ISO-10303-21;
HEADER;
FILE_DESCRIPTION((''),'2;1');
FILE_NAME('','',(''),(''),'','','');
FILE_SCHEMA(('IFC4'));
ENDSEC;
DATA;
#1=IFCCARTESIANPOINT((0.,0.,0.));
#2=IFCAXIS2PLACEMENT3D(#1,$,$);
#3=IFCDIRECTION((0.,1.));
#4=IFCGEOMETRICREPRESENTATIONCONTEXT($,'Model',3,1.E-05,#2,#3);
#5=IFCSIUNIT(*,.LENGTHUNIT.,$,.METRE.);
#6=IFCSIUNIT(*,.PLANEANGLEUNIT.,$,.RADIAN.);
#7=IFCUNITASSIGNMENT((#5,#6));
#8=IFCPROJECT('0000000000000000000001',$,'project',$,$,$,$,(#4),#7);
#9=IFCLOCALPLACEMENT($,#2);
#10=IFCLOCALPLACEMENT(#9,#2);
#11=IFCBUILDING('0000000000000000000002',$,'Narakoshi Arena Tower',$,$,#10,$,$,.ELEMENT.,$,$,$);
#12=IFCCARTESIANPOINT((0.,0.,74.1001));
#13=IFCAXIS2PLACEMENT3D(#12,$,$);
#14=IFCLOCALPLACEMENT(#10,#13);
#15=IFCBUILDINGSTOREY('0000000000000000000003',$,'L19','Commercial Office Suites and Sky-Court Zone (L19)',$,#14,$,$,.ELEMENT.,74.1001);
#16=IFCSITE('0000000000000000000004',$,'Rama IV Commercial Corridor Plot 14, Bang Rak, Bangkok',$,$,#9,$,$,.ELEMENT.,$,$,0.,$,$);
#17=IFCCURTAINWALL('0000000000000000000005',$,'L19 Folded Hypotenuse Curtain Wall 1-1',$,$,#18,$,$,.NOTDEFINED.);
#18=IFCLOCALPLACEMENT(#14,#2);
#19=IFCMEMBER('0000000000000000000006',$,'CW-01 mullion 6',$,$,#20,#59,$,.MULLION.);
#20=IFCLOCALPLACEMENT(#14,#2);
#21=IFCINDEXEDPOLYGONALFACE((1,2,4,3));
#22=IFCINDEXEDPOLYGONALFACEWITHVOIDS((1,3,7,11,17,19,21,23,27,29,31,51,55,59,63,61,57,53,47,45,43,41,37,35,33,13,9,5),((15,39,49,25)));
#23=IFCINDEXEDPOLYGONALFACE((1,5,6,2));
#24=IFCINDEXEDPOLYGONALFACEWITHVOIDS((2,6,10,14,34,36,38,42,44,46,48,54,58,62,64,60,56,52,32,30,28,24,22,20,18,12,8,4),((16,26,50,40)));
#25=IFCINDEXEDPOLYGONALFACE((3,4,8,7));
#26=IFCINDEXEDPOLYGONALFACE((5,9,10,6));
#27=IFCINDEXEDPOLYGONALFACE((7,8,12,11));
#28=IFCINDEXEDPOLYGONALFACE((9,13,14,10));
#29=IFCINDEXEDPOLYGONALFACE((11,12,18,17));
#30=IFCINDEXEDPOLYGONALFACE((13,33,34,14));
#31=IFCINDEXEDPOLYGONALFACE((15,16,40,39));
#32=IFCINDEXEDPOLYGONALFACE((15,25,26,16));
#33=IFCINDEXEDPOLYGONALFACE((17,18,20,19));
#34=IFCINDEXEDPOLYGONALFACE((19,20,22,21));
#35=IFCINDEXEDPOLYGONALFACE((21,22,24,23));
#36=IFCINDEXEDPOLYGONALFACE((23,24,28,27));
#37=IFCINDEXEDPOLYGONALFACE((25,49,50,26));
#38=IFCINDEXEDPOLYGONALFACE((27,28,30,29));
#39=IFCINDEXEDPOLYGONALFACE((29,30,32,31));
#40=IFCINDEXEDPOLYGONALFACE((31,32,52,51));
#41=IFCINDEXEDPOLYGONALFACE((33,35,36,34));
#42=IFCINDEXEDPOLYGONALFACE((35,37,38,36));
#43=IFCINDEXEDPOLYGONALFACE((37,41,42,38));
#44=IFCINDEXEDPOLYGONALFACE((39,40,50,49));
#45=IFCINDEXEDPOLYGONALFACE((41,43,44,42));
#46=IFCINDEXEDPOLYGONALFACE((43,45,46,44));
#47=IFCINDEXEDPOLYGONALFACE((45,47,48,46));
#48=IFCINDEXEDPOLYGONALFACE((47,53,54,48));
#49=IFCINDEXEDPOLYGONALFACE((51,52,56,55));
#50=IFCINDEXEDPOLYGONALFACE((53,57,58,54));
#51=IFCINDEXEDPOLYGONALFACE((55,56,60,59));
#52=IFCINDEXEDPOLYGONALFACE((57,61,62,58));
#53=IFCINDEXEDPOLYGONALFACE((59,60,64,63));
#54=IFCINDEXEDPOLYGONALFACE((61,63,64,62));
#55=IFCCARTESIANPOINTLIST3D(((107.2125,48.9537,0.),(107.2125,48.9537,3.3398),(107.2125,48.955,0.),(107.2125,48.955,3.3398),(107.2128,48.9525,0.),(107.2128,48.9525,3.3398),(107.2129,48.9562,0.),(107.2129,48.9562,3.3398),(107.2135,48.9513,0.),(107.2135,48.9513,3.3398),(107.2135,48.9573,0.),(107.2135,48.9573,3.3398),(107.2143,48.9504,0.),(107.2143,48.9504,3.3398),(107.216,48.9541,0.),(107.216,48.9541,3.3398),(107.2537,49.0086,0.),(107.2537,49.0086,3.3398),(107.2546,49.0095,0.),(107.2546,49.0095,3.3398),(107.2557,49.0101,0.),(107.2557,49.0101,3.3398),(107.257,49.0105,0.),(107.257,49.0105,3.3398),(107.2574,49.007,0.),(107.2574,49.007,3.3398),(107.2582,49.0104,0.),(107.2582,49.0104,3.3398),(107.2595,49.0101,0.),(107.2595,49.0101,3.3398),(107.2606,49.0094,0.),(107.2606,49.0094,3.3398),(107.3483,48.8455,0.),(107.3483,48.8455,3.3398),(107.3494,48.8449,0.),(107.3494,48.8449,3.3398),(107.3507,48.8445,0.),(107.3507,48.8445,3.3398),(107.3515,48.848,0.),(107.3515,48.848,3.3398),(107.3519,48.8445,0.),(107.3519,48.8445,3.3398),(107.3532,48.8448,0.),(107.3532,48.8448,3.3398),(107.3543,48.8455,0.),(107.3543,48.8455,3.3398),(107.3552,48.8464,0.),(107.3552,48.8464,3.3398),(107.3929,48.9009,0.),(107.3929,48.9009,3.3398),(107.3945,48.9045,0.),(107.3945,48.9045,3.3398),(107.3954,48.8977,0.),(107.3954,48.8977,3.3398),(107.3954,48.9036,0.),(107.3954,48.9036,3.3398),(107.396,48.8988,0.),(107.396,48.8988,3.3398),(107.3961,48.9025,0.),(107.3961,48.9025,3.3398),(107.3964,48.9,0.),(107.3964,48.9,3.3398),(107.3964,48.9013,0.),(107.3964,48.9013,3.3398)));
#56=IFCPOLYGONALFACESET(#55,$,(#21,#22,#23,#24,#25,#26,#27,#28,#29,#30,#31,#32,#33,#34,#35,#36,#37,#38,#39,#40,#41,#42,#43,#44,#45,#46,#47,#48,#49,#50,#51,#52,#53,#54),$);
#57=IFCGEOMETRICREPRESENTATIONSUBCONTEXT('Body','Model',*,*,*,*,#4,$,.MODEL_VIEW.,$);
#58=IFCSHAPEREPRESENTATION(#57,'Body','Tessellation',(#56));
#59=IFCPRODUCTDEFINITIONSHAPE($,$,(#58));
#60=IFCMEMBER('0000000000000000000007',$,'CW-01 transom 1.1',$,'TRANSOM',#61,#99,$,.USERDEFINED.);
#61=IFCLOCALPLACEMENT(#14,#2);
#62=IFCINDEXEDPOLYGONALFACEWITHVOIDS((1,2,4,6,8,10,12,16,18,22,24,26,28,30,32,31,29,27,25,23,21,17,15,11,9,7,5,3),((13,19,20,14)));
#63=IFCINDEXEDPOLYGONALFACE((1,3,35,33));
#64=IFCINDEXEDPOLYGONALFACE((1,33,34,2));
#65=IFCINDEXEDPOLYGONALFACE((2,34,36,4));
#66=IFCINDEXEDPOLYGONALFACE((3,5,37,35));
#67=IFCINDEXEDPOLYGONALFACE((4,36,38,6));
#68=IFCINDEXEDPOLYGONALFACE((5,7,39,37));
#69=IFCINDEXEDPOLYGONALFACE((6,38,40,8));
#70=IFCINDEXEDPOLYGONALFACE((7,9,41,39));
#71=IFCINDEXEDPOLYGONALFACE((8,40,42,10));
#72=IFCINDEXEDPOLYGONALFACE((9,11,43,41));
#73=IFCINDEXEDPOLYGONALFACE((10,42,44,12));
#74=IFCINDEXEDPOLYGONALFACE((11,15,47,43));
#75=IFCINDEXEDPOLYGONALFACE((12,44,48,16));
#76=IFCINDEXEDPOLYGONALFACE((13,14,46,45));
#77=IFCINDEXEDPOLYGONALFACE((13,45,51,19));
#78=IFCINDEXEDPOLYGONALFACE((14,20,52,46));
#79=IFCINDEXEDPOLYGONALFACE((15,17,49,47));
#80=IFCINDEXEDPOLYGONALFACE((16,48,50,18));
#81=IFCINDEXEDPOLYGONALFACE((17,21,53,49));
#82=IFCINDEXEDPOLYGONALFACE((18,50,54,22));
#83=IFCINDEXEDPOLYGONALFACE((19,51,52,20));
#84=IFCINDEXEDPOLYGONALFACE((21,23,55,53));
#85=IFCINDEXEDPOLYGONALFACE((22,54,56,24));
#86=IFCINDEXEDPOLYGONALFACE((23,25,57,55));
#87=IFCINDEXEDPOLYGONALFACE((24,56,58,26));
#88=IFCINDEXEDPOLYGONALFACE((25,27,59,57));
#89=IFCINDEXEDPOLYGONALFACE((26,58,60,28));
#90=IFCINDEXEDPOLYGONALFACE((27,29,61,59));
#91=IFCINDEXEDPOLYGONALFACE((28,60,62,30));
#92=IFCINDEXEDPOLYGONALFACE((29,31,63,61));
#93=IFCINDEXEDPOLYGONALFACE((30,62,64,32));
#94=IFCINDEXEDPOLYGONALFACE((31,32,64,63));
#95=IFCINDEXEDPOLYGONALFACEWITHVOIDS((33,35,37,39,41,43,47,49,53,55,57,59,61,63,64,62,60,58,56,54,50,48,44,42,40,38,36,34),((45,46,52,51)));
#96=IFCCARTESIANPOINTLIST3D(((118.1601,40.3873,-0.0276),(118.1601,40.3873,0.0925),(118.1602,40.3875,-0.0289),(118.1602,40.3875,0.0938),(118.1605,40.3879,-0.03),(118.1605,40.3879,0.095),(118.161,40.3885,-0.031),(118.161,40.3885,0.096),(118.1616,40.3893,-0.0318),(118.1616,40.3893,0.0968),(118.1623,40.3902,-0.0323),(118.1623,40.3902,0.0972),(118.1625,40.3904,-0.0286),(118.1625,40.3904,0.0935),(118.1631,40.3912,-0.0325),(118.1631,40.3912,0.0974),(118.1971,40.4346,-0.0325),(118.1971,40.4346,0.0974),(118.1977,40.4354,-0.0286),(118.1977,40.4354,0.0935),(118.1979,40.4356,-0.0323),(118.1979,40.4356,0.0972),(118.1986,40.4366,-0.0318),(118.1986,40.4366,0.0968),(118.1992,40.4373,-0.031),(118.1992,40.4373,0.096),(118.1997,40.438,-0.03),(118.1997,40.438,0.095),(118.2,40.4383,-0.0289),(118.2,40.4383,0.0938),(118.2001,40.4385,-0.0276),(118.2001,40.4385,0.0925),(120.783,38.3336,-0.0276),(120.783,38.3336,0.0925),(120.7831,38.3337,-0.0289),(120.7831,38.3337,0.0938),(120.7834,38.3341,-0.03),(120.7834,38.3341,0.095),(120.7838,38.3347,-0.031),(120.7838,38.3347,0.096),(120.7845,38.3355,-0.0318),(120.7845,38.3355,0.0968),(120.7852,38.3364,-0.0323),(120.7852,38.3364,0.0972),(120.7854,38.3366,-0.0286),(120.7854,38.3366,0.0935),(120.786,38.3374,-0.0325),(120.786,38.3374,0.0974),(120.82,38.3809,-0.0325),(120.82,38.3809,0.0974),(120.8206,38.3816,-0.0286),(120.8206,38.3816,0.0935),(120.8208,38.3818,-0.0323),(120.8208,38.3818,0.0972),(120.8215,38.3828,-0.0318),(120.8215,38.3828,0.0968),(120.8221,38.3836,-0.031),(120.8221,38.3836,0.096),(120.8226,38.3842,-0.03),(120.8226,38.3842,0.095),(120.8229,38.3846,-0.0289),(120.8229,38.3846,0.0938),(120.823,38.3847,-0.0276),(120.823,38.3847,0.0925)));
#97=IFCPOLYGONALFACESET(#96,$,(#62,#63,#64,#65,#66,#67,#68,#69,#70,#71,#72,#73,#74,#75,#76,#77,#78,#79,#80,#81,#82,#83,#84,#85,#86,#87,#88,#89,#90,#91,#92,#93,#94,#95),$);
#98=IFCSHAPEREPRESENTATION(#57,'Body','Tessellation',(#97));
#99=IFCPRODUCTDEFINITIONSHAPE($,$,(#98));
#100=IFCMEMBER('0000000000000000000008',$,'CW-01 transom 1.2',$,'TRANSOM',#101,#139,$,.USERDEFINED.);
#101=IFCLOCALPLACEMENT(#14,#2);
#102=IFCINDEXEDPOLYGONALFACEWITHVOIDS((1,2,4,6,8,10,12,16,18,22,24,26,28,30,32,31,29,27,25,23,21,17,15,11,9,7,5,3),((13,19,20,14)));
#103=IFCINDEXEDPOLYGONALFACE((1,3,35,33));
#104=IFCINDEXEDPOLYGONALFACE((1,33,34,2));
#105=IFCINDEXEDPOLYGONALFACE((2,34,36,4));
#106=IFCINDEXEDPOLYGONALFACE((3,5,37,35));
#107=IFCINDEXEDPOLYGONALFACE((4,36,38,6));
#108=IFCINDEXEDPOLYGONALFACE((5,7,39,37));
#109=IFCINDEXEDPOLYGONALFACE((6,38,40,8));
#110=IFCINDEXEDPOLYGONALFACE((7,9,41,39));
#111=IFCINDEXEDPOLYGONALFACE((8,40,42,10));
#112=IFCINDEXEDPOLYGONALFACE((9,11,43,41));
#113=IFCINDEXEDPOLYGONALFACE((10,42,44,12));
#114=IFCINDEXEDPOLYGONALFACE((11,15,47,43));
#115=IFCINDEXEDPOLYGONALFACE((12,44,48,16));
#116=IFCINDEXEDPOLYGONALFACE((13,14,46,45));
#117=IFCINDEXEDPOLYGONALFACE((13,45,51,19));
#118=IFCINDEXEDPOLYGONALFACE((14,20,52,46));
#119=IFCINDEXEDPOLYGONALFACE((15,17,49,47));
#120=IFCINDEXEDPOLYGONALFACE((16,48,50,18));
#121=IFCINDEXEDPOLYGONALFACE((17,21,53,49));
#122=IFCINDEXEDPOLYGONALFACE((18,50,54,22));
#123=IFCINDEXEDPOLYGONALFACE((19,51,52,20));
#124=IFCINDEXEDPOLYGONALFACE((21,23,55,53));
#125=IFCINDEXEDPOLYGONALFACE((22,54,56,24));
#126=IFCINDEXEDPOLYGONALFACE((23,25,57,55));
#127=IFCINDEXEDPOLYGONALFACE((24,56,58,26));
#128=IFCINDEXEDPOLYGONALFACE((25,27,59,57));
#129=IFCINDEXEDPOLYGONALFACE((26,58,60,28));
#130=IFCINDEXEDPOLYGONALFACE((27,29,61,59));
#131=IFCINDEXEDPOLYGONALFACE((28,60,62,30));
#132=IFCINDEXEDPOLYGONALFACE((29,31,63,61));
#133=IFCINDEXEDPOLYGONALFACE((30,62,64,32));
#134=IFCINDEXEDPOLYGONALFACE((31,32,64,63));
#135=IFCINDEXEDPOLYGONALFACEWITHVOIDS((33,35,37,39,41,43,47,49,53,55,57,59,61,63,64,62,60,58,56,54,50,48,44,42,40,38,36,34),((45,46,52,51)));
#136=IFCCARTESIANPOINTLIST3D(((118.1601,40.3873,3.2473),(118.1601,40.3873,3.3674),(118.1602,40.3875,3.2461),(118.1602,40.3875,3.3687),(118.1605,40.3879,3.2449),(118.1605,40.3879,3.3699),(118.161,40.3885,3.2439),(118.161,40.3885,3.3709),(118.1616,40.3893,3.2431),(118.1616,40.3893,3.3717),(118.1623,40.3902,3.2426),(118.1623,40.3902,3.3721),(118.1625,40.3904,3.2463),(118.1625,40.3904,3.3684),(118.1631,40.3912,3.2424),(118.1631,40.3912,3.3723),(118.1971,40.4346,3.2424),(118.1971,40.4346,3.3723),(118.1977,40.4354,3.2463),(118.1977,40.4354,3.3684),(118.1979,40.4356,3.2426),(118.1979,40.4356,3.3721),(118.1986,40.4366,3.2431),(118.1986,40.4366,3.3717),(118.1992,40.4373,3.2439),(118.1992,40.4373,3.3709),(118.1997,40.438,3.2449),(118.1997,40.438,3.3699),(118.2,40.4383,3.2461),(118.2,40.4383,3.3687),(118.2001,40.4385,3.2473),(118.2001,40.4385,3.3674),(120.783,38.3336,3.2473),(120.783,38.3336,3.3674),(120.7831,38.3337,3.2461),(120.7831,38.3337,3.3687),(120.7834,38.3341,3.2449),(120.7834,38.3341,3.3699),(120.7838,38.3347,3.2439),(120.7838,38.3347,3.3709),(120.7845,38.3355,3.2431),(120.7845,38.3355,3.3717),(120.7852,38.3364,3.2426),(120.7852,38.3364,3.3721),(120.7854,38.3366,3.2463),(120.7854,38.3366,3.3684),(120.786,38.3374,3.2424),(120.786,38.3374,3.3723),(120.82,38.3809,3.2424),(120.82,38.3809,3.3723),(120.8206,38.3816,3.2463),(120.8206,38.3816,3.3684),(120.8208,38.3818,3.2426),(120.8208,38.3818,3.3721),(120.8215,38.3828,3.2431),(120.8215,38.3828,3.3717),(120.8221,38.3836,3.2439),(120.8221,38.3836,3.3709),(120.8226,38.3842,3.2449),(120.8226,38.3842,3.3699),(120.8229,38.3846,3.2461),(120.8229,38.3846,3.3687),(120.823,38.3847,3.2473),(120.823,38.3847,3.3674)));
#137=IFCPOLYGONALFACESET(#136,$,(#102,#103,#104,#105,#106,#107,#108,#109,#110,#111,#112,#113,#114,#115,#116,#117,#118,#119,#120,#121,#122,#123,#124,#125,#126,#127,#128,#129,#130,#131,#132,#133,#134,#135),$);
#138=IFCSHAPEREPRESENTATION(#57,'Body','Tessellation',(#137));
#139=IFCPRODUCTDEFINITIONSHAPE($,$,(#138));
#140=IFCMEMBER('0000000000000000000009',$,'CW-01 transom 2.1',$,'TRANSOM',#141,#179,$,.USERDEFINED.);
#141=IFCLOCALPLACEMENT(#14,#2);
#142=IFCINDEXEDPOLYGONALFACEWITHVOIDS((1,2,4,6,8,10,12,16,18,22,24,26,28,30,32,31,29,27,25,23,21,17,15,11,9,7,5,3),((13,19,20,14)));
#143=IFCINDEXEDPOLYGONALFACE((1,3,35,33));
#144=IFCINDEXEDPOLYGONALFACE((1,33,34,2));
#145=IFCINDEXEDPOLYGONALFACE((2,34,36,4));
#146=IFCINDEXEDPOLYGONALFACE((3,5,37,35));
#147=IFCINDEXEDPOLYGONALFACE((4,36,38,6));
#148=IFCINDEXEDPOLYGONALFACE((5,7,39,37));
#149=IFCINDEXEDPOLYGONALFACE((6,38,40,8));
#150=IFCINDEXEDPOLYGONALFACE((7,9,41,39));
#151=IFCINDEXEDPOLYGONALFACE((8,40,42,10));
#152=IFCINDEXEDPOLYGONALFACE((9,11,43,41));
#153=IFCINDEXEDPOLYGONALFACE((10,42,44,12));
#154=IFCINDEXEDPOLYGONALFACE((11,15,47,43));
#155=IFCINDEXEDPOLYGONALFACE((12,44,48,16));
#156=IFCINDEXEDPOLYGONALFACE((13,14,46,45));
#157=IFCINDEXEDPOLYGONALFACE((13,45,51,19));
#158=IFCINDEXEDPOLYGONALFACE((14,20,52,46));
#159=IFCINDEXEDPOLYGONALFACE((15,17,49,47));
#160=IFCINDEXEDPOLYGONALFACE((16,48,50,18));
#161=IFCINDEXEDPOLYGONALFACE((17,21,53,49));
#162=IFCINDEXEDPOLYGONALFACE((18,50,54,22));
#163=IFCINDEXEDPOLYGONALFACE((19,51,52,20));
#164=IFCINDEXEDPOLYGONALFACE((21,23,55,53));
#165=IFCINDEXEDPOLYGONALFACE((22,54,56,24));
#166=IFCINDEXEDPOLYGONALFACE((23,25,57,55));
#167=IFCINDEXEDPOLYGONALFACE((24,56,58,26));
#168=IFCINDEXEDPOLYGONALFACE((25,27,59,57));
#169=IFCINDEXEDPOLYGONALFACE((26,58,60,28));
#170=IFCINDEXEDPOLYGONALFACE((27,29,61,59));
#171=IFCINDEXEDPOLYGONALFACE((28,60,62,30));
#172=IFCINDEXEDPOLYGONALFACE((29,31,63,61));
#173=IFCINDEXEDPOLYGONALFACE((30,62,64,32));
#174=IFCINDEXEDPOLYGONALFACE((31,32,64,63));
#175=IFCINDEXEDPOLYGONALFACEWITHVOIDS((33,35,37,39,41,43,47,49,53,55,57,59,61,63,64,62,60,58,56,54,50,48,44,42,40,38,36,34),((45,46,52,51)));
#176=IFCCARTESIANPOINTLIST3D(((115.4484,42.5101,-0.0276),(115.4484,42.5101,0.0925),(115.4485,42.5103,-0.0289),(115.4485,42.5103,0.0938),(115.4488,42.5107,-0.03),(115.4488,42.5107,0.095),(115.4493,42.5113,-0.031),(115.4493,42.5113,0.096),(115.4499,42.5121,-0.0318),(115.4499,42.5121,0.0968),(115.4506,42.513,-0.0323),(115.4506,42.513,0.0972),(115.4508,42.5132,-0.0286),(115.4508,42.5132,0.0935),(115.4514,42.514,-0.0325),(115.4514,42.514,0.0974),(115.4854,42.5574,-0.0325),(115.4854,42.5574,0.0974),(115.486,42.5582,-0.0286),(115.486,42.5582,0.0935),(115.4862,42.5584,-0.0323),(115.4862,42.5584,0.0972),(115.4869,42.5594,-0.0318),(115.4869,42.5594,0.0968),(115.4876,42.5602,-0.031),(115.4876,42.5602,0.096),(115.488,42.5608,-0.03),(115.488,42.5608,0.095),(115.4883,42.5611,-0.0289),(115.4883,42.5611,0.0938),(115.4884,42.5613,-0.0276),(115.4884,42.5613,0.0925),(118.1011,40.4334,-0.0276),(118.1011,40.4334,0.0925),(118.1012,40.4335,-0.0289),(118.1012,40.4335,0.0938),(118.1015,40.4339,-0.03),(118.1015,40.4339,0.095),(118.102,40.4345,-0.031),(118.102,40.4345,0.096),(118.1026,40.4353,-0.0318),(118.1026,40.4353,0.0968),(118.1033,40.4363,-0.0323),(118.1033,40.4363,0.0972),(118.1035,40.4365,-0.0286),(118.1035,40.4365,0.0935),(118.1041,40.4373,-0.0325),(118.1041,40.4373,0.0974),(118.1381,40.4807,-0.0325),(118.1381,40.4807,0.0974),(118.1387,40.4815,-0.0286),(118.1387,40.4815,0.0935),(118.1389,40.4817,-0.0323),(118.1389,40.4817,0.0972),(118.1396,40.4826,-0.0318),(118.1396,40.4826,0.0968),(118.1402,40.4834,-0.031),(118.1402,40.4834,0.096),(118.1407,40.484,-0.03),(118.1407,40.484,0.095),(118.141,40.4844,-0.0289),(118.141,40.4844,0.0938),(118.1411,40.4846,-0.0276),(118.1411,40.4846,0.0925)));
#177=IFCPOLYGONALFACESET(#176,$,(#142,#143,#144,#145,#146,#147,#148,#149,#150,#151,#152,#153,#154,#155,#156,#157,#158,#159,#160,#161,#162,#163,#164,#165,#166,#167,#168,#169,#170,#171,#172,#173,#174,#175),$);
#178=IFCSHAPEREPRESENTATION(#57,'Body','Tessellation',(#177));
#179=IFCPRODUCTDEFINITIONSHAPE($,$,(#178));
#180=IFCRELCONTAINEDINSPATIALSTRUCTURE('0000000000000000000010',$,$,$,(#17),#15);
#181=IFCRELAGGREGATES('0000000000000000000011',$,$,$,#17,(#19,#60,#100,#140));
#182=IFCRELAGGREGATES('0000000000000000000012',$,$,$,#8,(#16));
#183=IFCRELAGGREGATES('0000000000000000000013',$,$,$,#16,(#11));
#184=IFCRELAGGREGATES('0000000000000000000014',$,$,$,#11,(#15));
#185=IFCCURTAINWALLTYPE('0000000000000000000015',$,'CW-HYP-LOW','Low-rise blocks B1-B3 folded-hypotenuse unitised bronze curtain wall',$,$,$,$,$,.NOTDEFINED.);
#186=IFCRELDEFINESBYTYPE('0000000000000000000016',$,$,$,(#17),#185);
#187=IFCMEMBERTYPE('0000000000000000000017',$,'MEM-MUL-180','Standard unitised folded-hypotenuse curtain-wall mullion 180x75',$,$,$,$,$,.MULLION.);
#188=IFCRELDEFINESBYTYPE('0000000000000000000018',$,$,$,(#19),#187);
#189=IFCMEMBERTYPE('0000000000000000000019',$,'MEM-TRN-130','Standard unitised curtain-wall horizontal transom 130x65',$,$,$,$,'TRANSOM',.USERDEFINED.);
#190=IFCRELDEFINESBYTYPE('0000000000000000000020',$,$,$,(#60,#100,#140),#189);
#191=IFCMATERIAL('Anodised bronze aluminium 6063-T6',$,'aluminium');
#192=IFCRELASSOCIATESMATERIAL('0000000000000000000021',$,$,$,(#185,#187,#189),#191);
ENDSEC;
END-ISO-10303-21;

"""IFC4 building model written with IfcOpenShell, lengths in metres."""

from ifc_helpers import new_model, si_unit, direction, frame, origin, origin_2d, place, context, subcontext, project, spatial, hollow_rectangle, extrude, material, material_profile, profile_set, type_object, element, aggregate, save


model = new_model("IFC4")

# Units and contexts
model_context = context("Model", 3, precision=1e-05, world=origin(), true_north=direction((0.0, 1.0)))
body_context = subcontext(model_context, "Body", "Model", "MODEL_VIEW")
ifc_project = project(units=[si_unit("LENGTHUNIT", "METRE"), si_unit("PLANEANGLEUNIT", "RADIAN")], contexts=[model_context])

# Site, building, storey
site_placement = place(None, origin())
site = spatial("IfcSite", under=ifc_project, at=site_placement, Name="Rama IV Commercial Corridor Plot 14, Bang Rak, Bangkok", CompositionType="ELEMENT", RefElevation=0.0)
building_placement = place(site_placement, origin())
building = spatial("IfcBuilding", under=site, at=building_placement, Name="Narakoshi Arena Tower", CompositionType="ELEMENT")
storey_placement = place(building_placement, frame((0.0, 0.0, 74.1001)))
storey = spatial("IfcBuildingStorey", under=building, at=storey_placement, Name="L19", Description="Commercial Office Suites and Sky-Court Zone (L19)", CompositionType="ELEMENT", Elevation=74.1001)

# Curtain wall, members
ifc_material_1 = material(Name="Anodised bronze aluminium 6063-T6", Category="aluminium")
curtain_wall_type = type_object("IfcCurtainWallType", Name="CW-HYP-LOW", Description="Low-rise blocks B1-B3 folded-hypotenuse unitised bronze curtain wall", PredefinedType="NOTDEFINED", material=ifc_material_1)
curtain_wall_placement = place(storey_placement, origin())
curtain_wall = element("IfcCurtainWall", 1, at=curtain_wall_placement, inside=storey, type_object=curtain_wall_type, Name="L19 Folded Hypotenuse Curtain Wall 1-1", PredefinedType="NOTDEFINED")
ifc_material_profile_1 = material_profile(ifc_material_1, hollow_rectangle(XDim=0.075, YDim=0.1799, WallThickness=0.0039, OuterFilletRadius=0.0049, at=origin_2d()), Name="MUL180x75x4")
ifc_profile_set_1 = profile_set([ifc_material_profile_1], Name="Anodised bronze aluminium 6063-T6")
member_type_1 = type_object("IfcMemberType", Name="MEM-MUL-180", Description="Standard unitised folded-hypotenuse curtain-wall mullion 180x75", PredefinedType="MULLION", material=ifc_profile_set_1)
member_1_placement = place(storey_placement, frame((107.3044, 48.9275, 0.0), z_axis=(0.0, 0.0, 1.0), x_axis=(-0.616458, -0.787388, 0.0)))
member_1 = element("IfcMember", 2, at=member_1_placement, type_object=member_type_1, Name="CW-01 mullion 6", PredefinedType="MULLION", context=body_context, shape_type="SweptSolid", body=[
    extrude(hollow_rectangle(XDim=0.075, YDim=0.1799, WallThickness=0.0039, OuterFilletRadius=0.0049, at=origin_2d()), origin(), (0.0, 0.0, 1.0), 3.3398),
])
ifc_material_profile_2 = material_profile(ifc_material_1, hollow_rectangle(XDim=0.0649, YDim=0.1299, WallThickness=0.0039, OuterFilletRadius=0.0049, at=origin_2d()), Name="TRN130x65x4")
ifc_profile_set_2 = profile_set([ifc_material_profile_2], Name="Anodised bronze aluminium 6063-T6")
member_type_2 = type_object("IfcMemberType", Name="MEM-TRN-130", Description="Standard unitised curtain-wall horizontal transom 130x65", ElementType="TRANSOM", PredefinedType="USERDEFINED", material=ifc_profile_set_2)
member_2_placement = place(storey_placement, frame((120.803, 38.3591, 0.0325), z_axis=(-0.787347, 0.61651, 0.0), x_axis=(-0.61651, -0.787347, 0.0)))
member_2 = element("IfcMember", 3, at=member_2_placement, type_object=member_type_2, Name="CW-01 transom 1.1", ObjectType="TRANSOM", PredefinedType="USERDEFINED", context=body_context, shape_type="SweptSolid", body=[
    extrude(hollow_rectangle(XDim=0.0649, YDim=0.1299, WallThickness=0.0039, OuterFilletRadius=0.0049, at=origin_2d()), origin(), (0.0, 0.0, 1.0), 3.3313),
])
member_3_placement = place(storey_placement, frame((120.803, 38.3591, 3.3074), z_axis=(-0.787347, 0.61651, 0.0), x_axis=(-0.61651, -0.787347, 0.0)))
member_3 = element("IfcMember", 4, at=member_3_placement, type_object=member_type_2, Name="CW-01 transom 1.2", ObjectType="TRANSOM", PredefinedType="USERDEFINED", context=body_context, shape_type="SweptSolid", body=[
    extrude(hollow_rectangle(XDim=0.0649, YDim=0.1299, WallThickness=0.0039, OuterFilletRadius=0.0049, at=origin_2d()), origin(), (0.0, 0.0, 1.0), 3.3313),
])
member_4_placement = place(storey_placement, frame((118.1211, 40.459, 0.0325), z_axis=(-0.787401, 0.616441, 0.0), x_axis=(-0.616441, -0.787401, 0.0)))
member_4 = element("IfcMember", 5, at=member_4_placement, type_object=member_type_2, Name="CW-01 transom 2.1", ObjectType="TRANSOM", PredefinedType="USERDEFINED", context=body_context, shape_type="SweptSolid", body=[
    extrude(hollow_rectangle(XDim=0.0649, YDim=0.1299, WallThickness=0.0039, OuterFilletRadius=0.0049, at=origin_2d()), origin(), (0.0, 0.0, 1.0), 3.3689),
])
aggregate(curtain_wall, [member_1, member_2, member_3, member_4])

save(model, "model.ifc")
